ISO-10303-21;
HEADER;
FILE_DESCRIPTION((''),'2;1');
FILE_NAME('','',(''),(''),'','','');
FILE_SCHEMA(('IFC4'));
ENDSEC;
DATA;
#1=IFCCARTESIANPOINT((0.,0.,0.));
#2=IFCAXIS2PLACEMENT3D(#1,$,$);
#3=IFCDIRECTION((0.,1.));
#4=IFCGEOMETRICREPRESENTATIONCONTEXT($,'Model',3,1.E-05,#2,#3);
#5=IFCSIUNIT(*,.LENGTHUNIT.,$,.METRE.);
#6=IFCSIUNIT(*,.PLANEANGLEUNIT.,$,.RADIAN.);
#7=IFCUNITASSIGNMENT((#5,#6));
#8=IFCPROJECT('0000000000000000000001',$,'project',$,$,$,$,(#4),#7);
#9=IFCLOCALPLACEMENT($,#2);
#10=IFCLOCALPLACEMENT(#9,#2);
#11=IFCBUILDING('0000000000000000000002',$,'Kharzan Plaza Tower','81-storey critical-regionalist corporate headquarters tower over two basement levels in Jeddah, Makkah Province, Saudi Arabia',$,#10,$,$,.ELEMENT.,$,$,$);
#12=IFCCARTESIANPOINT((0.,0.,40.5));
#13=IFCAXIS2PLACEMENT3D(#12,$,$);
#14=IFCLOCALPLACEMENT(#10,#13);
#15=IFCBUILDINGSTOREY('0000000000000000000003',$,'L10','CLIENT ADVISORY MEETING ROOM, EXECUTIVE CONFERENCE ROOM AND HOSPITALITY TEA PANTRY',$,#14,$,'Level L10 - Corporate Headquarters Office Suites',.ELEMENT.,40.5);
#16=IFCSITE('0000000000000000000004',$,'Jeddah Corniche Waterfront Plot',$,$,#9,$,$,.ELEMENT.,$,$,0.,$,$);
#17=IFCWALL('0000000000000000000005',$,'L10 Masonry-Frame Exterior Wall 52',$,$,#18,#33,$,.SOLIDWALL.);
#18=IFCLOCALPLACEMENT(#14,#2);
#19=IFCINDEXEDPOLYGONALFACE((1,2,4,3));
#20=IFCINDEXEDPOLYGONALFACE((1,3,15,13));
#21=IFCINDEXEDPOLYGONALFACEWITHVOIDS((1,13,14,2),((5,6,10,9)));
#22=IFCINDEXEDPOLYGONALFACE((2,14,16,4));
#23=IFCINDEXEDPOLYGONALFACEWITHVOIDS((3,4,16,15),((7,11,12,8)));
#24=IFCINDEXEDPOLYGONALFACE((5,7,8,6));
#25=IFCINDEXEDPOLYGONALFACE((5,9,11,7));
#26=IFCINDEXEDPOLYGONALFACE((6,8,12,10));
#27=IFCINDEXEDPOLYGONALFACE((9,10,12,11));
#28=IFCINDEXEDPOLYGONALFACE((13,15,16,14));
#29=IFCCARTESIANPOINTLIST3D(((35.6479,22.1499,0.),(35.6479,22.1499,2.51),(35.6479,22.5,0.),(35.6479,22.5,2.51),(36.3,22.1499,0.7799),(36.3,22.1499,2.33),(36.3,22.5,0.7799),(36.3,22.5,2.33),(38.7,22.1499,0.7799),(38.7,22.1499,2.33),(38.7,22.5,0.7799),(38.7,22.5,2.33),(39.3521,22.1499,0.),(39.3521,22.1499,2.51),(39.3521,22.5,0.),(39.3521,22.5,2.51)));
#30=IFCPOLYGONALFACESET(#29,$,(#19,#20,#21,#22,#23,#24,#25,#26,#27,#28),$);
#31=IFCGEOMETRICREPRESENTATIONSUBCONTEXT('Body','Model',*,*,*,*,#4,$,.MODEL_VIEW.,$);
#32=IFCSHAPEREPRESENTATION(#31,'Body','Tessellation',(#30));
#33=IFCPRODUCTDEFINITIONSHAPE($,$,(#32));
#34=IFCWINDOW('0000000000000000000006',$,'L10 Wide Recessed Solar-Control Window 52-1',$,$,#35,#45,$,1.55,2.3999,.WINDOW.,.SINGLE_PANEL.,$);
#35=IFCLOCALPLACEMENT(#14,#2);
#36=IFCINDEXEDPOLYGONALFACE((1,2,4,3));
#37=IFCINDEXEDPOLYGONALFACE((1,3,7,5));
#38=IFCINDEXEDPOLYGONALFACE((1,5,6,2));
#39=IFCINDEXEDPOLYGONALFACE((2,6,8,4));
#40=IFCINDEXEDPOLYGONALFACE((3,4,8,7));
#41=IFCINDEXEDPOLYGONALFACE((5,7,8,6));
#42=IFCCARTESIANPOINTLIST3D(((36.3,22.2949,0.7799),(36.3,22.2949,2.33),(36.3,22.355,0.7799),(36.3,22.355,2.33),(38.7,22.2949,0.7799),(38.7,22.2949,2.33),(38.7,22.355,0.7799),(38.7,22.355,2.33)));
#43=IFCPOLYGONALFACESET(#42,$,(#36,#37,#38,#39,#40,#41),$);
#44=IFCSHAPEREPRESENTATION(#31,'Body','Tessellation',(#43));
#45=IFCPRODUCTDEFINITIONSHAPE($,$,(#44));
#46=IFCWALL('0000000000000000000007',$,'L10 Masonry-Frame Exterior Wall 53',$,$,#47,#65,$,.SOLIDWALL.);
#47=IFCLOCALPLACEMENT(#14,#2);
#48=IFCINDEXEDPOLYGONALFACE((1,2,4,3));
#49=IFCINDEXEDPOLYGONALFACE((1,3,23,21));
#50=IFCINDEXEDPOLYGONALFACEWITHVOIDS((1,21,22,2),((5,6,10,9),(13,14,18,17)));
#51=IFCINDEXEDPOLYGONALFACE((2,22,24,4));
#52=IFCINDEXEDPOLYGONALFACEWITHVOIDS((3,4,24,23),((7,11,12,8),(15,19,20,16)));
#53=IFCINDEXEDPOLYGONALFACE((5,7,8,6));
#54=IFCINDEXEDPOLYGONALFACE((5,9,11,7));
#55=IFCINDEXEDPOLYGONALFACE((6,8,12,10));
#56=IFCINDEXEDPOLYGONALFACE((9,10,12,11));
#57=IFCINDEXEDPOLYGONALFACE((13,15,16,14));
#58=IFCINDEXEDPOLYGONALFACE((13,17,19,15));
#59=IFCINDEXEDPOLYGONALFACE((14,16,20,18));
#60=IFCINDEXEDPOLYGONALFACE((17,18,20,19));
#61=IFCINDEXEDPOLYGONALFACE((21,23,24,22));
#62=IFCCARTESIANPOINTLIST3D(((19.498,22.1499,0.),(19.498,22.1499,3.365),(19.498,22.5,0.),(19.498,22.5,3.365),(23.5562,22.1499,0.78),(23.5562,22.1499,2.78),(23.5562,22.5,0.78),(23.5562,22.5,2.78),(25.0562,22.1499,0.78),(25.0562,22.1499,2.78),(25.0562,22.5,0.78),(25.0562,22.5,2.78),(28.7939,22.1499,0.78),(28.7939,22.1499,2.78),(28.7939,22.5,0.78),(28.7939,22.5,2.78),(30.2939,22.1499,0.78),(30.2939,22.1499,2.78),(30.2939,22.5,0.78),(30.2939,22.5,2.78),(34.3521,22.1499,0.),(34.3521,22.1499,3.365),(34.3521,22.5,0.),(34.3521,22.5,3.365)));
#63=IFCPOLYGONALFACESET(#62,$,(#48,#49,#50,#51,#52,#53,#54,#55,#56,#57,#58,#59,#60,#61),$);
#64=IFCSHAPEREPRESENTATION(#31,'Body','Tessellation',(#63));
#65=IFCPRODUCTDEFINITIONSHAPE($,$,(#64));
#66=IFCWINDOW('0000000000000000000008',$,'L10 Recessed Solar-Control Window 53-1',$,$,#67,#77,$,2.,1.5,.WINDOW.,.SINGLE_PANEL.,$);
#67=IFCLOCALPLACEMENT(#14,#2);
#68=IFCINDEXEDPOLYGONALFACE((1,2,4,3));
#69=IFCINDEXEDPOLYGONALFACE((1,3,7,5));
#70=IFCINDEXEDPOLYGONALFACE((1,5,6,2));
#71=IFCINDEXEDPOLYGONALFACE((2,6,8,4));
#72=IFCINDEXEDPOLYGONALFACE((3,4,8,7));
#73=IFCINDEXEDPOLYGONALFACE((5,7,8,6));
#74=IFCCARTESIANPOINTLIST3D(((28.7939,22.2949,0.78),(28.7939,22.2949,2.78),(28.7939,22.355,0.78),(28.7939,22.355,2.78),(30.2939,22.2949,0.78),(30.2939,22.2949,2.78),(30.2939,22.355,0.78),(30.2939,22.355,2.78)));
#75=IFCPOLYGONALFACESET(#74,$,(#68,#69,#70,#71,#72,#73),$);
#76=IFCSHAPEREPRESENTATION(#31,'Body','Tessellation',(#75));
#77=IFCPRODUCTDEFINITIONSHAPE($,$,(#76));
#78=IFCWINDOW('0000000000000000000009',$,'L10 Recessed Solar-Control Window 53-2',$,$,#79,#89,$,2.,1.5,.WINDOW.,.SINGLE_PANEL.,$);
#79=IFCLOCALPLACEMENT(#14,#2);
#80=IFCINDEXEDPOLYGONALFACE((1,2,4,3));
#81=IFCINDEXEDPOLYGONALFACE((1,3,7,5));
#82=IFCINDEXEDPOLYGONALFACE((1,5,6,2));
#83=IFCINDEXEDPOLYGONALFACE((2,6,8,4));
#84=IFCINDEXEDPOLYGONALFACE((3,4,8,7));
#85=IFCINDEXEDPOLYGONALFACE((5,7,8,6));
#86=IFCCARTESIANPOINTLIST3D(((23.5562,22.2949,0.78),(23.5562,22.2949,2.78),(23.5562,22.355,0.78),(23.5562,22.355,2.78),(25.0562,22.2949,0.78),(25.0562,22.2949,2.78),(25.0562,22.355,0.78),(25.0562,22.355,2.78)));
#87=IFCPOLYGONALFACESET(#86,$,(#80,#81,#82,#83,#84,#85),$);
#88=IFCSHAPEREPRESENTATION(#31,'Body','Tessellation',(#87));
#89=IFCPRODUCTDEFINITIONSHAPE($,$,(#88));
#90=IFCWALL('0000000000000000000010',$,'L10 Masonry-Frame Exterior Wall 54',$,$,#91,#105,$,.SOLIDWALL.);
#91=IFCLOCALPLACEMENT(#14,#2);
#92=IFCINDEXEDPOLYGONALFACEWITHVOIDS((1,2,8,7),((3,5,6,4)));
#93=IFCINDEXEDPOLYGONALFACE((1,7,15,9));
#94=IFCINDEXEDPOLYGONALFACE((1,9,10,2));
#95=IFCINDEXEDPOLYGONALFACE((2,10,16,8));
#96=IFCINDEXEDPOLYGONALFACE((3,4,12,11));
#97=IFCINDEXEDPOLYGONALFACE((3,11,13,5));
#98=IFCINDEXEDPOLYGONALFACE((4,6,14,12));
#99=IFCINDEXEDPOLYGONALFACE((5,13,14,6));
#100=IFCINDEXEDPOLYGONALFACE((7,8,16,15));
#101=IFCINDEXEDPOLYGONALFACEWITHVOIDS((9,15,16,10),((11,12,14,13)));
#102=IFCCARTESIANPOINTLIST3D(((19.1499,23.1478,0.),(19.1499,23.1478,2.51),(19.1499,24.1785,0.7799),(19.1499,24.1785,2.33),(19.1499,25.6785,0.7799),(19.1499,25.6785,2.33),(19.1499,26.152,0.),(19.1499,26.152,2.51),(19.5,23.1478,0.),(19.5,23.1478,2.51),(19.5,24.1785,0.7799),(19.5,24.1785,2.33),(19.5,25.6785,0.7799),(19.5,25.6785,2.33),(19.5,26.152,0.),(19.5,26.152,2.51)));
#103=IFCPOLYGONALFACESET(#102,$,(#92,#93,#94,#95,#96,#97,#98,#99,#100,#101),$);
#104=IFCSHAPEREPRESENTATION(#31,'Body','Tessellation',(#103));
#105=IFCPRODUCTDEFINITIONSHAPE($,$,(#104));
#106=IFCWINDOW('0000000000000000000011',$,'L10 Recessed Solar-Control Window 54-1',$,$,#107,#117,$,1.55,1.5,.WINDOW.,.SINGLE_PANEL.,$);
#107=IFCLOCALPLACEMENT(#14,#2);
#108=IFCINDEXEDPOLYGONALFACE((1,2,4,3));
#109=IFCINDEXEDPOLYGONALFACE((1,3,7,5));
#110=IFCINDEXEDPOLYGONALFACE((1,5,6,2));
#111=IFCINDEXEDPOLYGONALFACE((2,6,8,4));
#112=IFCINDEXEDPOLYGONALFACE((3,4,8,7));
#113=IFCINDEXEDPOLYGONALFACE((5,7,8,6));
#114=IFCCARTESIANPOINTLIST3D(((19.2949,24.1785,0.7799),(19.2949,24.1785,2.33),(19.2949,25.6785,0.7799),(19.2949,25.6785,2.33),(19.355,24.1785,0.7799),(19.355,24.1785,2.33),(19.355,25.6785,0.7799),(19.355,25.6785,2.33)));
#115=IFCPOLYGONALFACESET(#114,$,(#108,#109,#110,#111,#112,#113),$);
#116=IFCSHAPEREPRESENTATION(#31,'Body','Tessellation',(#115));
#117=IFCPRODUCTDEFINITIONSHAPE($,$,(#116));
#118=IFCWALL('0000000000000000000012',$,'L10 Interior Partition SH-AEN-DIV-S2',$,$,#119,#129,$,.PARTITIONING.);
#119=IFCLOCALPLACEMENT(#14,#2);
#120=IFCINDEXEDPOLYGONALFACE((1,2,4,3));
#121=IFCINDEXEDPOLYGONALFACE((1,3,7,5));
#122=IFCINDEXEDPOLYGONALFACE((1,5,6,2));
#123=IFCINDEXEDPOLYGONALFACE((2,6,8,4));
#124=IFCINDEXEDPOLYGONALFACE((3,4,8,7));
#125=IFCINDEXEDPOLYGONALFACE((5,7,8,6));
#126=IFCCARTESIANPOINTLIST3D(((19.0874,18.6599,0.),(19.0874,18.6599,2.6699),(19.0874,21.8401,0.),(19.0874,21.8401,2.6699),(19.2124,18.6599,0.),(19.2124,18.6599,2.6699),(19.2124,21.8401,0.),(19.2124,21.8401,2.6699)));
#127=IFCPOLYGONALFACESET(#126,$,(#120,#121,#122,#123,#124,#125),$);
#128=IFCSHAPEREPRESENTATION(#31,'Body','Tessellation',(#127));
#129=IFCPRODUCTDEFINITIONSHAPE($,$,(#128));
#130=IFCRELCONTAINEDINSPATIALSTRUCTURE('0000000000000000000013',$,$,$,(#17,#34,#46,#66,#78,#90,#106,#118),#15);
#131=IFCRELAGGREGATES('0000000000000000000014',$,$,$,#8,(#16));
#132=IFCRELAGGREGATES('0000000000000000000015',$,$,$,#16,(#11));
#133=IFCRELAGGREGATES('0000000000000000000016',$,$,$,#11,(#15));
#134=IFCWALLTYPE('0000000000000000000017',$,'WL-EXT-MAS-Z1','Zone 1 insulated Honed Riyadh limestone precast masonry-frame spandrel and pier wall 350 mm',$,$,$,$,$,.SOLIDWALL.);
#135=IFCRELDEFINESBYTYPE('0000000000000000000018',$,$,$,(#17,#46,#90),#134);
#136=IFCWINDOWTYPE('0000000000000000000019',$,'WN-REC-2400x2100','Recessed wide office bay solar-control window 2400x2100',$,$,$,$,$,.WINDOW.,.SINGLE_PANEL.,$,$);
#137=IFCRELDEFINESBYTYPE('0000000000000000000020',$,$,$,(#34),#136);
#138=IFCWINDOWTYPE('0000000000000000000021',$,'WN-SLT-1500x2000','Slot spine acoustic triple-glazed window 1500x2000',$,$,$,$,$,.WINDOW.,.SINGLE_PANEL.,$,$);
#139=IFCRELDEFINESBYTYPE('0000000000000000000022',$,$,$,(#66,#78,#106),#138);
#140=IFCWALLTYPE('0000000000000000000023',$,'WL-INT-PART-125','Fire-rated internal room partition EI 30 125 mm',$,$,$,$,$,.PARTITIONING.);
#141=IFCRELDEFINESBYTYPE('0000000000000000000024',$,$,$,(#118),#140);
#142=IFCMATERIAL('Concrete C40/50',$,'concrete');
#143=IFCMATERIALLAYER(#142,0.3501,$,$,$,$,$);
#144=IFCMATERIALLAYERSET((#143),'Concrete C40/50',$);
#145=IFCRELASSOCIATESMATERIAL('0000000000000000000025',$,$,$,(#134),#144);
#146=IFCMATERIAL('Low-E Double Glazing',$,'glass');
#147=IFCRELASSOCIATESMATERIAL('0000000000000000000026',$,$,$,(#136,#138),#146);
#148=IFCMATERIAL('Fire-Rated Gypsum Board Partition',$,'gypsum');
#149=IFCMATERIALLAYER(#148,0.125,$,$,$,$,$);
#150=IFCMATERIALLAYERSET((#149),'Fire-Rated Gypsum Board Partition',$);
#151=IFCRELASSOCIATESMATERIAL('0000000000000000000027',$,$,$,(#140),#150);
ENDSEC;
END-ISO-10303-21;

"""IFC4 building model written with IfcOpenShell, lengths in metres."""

from ifc_helpers import new_model, si_unit, direction, frame, frame_2d, origin, place, context, subcontext, project, spatial, rectangle, extrude, source, transform, mapped, material, layer, layer_set, type_object, element, fill, save


model = new_model("IFC4")

# Units and contexts
model_context = context("Model", 3, precision=1e-05, world=origin(), true_north=direction((0.0, 1.0)))
body_context = subcontext(model_context, "Body", "Model", "MODEL_VIEW")
ifc_project = project(units=[si_unit("LENGTHUNIT", "METRE"), si_unit("PLANEANGLEUNIT", "RADIAN")], contexts=[model_context])

# Site, building, storey
site_placement = place(None, origin())
site = spatial("IfcSite", under=ifc_project, at=site_placement, Name="Jeddah Corniche Waterfront Plot", CompositionType="ELEMENT", RefElevation=0.0)
building_placement = place(site_placement, origin())
building = spatial("IfcBuilding", under=site, at=building_placement, Name="Kharzan Plaza Tower", Description="81-storey critical-regionalist corporate headquarters tower over two basement levels in Jeddah, Makkah Province, Saudi Arabia", CompositionType="ELEMENT")
storey_placement = place(building_placement, frame((0.0, 0.0, 40.5)))
storey = spatial("IfcBuildingStorey", under=building, at=storey_placement, Name="L10", Description="CLIENT ADVISORY MEETING ROOM, EXECUTIVE CONFERENCE ROOM AND HOSPITALITY TEA PANTRY", LongName="Level L10 - Corporate Headquarters Office Suites", CompositionType="ELEMENT", Elevation=40.5)

# Wall, opening, window
ifc_material_1 = material(Name="Concrete C40/50", Category="concrete")
ifc_layer_1 = layer(ifc_material_1, 0.3501)
ifc_layer_set_1 = layer_set([ifc_layer_1], Name="Concrete C40/50")
wall_type_1 = type_object("IfcWallType", Name="WL-EXT-MAS-Z1", Description="Zone 1 insulated Honed Riyadh limestone precast masonry-frame spandrel and pier wall 350 mm", PredefinedType="SOLIDWALL", material=ifc_layer_set_1)
wall_1_placement = place(storey_placement, frame((39.3521, 22.325, 0.0), z_axis=(0.0, 0.0, 1.0), x_axis=(-1.0, 0.0, 0.0)))
wall_1 = element("IfcWall", 1, at=wall_1_placement, inside=storey, type_object=wall_type_1, Name="L10 Masonry-Frame Exterior Wall 52", PredefinedType="SOLIDWALL", context=body_context, shape_type="SweptSolid", body=[
    extrude(rectangle(XDim=3.7041, YDim=0.3501, at=frame_2d((1.8521, 0.0))), origin(), (0.0, 0.0, 1.0), 2.51),
])
opening_1_placement = place(wall_1_placement, frame((0.6521, 0.0, 0.78)))
opening_1 = element("IfcOpeningElement", 2, at=opening_1_placement, cuts=wall_1, PredefinedType="OPENING", context=body_context, shape_type="SweptSolid", body=[
    extrude(rectangle(XDim=2.3999, YDim=1.55, at=frame_2d((1.2, 0.7749))), frame((0.0, 0.1851, 0.0), z_axis=(0.0, -1.0, 0.0), x_axis=(1.0, 0.0, 0.0)), (0.0, 0.0, 1.0), 0.3701),
])
ifc_material_2 = material(Name="Low-E Double Glazing", Category="glass")
window_type_1 = type_object("IfcWindowType", Name="WN-REC-2400x2100", Description="Recessed wide office bay solar-control window 2400x2100", PartitioningType="SINGLE_PANEL", PredefinedType="WINDOW", material=ifc_material_2)
shared_shape_1 = source(origin(), body_context, "Body", "SweptSolid", [
    extrude(rectangle(XDim=2.3999, YDim=1.55, at=frame_2d((1.2, 0.7749))), frame((0.0, 0.03, 0.0), z_axis=(0.0, -1.0, 0.0), x_axis=(1.0, 0.0, 0.0)), (0.0, 0.0, 1.0), 0.0601),
])
window_1_placement = place(opening_1_placement, origin())
window_1 = element("IfcWindow", 3, at=window_1_placement, inside=storey, type_object=window_type_1, Name="L10 Wide Recessed Solar-Control Window 52-1", OverallHeight=1.55, OverallWidth=2.3999, PartitioningType="SINGLE_PANEL", PredefinedType="WINDOW", context=body_context, shape_type="MappedRepresentation", body=[
    mapped(shared_shape_1, transform((0.0, 0.0, 0.0), x_axis=(1.0, 0.0, 0.0), y_axis=(0.0, 1.0, 0.0), z_axis=(0.0, 0.0, 1.0))),
])
fill(opening_1, window_1)

# Wall, openings, windows
wall_2_placement = place(storey_placement, frame((34.3521, 22.325, 0.0), z_axis=(0.0, 0.0, 1.0), x_axis=(-1.0, 0.0, 0.0)))
wall_2 = element("IfcWall", 4, at=wall_2_placement, inside=storey, type_object=wall_type_1, Name="L10 Masonry-Frame Exterior Wall 53", PredefinedType="SOLIDWALL", context=body_context, shape_type="SweptSolid", body=[
    extrude(rectangle(XDim=14.854, YDim=0.3501, at=frame_2d((7.427, 0.0))), origin(), (0.0, 0.0, 1.0), 3.365),
])
opening_2_placement = place(wall_2_placement, frame((4.0581, 0.0, 0.78)))
opening_2 = element("IfcOpeningElement", 5, at=opening_2_placement, cuts=wall_2, PredefinedType="OPENING", context=body_context, shape_type="SweptSolid", body=[
    extrude(rectangle(XDim=1.5, YDim=2.0, at=frame_2d((0.75, 1.0))), frame((0.0, 0.1851, 0.0), z_axis=(0.0, -1.0, 0.0), x_axis=(1.0, 0.0, 0.0)), (0.0, 0.0, 1.0), 0.3701),
])
opening_3_placement = place(wall_2_placement, frame((9.2959, 0.0, 0.78)))
opening_3 = element("IfcOpeningElement", 6, at=opening_3_placement, cuts=wall_2, PredefinedType="OPENING", context=body_context, shape_type="SweptSolid", body=[
    extrude(rectangle(XDim=1.5, YDim=2.0, at=frame_2d((0.75, 1.0))), frame((0.0, 0.1851, 0.0), z_axis=(0.0, -1.0, 0.0), x_axis=(1.0, 0.0, 0.0)), (0.0, 0.0, 1.0), 0.3701),
])
window_type_2 = type_object("IfcWindowType", Name="WN-SLT-1500x2000", Description="Slot spine acoustic triple-glazed window 1500x2000", PartitioningType="SINGLE_PANEL", PredefinedType="WINDOW", material=ifc_material_2)
shared_shape_2 = source(origin(), body_context, "Body", "SweptSolid", [
    extrude(rectangle(XDim=1.5, YDim=2.0, at=frame_2d((0.75, 1.0))), frame((0.0, 0.03, 0.0), z_axis=(0.0, -1.0, 0.0), x_axis=(1.0, 0.0, 0.0)), (0.0, 0.0, 1.0), 0.0601),
])
window_2_placement = place(opening_2_placement, origin())
window_2 = element("IfcWindow", 7, at=window_2_placement, inside=storey, type_object=window_type_2, Name="L10 Recessed Solar-Control Window 53-1", OverallHeight=2.0, OverallWidth=1.5, PartitioningType="SINGLE_PANEL", PredefinedType="WINDOW", context=body_context, shape_type="MappedRepresentation", body=[
    mapped(shared_shape_2, transform((0.0, 0.0, 0.0), x_axis=(1.0, 0.0, 0.0), y_axis=(0.0, 1.0, 0.0), z_axis=(0.0, 0.0, 1.0))),
])
fill(opening_2, window_2)
window_3_placement = place(opening_3_placement, origin())
window_3 = element("IfcWindow", 8, at=window_3_placement, inside=storey, type_object=window_type_2, Name="L10 Recessed Solar-Control Window 53-2", OverallHeight=2.0, OverallWidth=1.5, PartitioningType="SINGLE_PANEL", PredefinedType="WINDOW", context=body_context, shape_type="MappedRepresentation", body=[
    mapped(shared_shape_2, transform((0.0, 0.0, 0.0), x_axis=(1.0, 0.0, 0.0), y_axis=(0.0, 1.0, 0.0), z_axis=(0.0, 0.0, 1.0))),
])
fill(opening_3, window_3)

# Wall, opening, window
wall_3_placement = place(storey_placement, frame((19.325, 23.1479, 0.0), z_axis=(0.0, 0.0, 1.0), x_axis=(0.0, 1.0, 0.0)))
wall_3 = element("IfcWall", 9, at=wall_3_placement, inside=storey, type_object=wall_type_1, Name="L10 Masonry-Frame Exterior Wall 54", PredefinedType="SOLIDWALL", context=body_context, shape_type="SweptSolid", body=[
    extrude(rectangle(XDim=3.0042, YDim=0.3501, at=frame_2d((1.502, 0.0))), origin(), (0.0, 0.0, 1.0), 2.51),
])
opening_4_placement = place(wall_3_placement, frame((1.0305, 0.0, 0.78)))
opening_4 = element("IfcOpeningElement", 10, at=opening_4_placement, cuts=wall_3, PredefinedType="OPENING", context=body_context, shape_type="SweptSolid", body=[
    extrude(rectangle(XDim=1.5, YDim=1.55, at=frame_2d((0.75, 0.7749))), frame((0.0, 0.1851, 0.0), z_axis=(0.0, -1.0, 0.0), x_axis=(1.0, 0.0, 0.0)), (0.0, 0.0, 1.0), 0.3701),
])
shared_shape_3 = source(origin(), body_context, "Body", "SweptSolid", [
    extrude(rectangle(XDim=1.5, YDim=1.55, at=frame_2d((0.75, 0.7749))), frame((0.0, 0.03, 0.0), z_axis=(0.0, -1.0, 0.0), x_axis=(1.0, 0.0, 0.0)), (0.0, 0.0, 1.0), 0.0601),
])
window_4_placement = place(opening_4_placement, origin())
window_4 = element("IfcWindow", 11, at=window_4_placement, inside=storey, type_object=window_type_2, Name="L10 Recessed Solar-Control Window 54-1", OverallHeight=1.55, OverallWidth=1.5, PartitioningType="SINGLE_PANEL", PredefinedType="WINDOW", context=body_context, shape_type="MappedRepresentation", body=[
    mapped(shared_shape_3, transform((0.0, 0.0, 0.0), x_axis=(1.0, 0.0, 0.0), y_axis=(0.0, 1.0, 0.0), z_axis=(0.0, 0.0, 1.0))),
])
fill(opening_4, window_4)

# Wall
ifc_material_3 = material(Name="Fire-Rated Gypsum Board Partition", Category="gypsum")
ifc_layer_2 = layer(ifc_material_3, 0.125)
ifc_layer_set_2 = layer_set([ifc_layer_2], Name="Fire-Rated Gypsum Board Partition")
wall_type_2 = type_object("IfcWallType", Name="WL-INT-PART-125", Description="Fire-rated internal room partition EI 30 125 mm", PredefinedType="PARTITIONING", material=ifc_layer_set_2)
shared_shape_4 = source(origin(), body_context, "Body", "SweptSolid", [
    extrude(rectangle(XDim=3.1802, YDim=0.125, at=frame_2d((1.5901, 0.0))), origin(), (0.0, 0.0, 1.0), 2.6699),
])
wall_4_placement = place(storey_placement, frame((19.1499, 18.6599, 0.0), z_axis=(0.0, 0.0, 1.0), x_axis=(0.0, 1.0, 0.0)))
element("IfcWall", 12, at=wall_4_placement, inside=storey, type_object=wall_type_2, Name="L10 Interior Partition SH-AEN-DIV-S2", PredefinedType="PARTITIONING", context=body_context, shape_type="MappedRepresentation", body=[
    mapped(shared_shape_4, transform((0.0, 0.0, 0.0), x_axis=(1.0, 0.0, 0.0), y_axis=(0.0, 1.0, 0.0), z_axis=(0.0, 0.0, 1.0))),
])

save(model, "model.ifc")
